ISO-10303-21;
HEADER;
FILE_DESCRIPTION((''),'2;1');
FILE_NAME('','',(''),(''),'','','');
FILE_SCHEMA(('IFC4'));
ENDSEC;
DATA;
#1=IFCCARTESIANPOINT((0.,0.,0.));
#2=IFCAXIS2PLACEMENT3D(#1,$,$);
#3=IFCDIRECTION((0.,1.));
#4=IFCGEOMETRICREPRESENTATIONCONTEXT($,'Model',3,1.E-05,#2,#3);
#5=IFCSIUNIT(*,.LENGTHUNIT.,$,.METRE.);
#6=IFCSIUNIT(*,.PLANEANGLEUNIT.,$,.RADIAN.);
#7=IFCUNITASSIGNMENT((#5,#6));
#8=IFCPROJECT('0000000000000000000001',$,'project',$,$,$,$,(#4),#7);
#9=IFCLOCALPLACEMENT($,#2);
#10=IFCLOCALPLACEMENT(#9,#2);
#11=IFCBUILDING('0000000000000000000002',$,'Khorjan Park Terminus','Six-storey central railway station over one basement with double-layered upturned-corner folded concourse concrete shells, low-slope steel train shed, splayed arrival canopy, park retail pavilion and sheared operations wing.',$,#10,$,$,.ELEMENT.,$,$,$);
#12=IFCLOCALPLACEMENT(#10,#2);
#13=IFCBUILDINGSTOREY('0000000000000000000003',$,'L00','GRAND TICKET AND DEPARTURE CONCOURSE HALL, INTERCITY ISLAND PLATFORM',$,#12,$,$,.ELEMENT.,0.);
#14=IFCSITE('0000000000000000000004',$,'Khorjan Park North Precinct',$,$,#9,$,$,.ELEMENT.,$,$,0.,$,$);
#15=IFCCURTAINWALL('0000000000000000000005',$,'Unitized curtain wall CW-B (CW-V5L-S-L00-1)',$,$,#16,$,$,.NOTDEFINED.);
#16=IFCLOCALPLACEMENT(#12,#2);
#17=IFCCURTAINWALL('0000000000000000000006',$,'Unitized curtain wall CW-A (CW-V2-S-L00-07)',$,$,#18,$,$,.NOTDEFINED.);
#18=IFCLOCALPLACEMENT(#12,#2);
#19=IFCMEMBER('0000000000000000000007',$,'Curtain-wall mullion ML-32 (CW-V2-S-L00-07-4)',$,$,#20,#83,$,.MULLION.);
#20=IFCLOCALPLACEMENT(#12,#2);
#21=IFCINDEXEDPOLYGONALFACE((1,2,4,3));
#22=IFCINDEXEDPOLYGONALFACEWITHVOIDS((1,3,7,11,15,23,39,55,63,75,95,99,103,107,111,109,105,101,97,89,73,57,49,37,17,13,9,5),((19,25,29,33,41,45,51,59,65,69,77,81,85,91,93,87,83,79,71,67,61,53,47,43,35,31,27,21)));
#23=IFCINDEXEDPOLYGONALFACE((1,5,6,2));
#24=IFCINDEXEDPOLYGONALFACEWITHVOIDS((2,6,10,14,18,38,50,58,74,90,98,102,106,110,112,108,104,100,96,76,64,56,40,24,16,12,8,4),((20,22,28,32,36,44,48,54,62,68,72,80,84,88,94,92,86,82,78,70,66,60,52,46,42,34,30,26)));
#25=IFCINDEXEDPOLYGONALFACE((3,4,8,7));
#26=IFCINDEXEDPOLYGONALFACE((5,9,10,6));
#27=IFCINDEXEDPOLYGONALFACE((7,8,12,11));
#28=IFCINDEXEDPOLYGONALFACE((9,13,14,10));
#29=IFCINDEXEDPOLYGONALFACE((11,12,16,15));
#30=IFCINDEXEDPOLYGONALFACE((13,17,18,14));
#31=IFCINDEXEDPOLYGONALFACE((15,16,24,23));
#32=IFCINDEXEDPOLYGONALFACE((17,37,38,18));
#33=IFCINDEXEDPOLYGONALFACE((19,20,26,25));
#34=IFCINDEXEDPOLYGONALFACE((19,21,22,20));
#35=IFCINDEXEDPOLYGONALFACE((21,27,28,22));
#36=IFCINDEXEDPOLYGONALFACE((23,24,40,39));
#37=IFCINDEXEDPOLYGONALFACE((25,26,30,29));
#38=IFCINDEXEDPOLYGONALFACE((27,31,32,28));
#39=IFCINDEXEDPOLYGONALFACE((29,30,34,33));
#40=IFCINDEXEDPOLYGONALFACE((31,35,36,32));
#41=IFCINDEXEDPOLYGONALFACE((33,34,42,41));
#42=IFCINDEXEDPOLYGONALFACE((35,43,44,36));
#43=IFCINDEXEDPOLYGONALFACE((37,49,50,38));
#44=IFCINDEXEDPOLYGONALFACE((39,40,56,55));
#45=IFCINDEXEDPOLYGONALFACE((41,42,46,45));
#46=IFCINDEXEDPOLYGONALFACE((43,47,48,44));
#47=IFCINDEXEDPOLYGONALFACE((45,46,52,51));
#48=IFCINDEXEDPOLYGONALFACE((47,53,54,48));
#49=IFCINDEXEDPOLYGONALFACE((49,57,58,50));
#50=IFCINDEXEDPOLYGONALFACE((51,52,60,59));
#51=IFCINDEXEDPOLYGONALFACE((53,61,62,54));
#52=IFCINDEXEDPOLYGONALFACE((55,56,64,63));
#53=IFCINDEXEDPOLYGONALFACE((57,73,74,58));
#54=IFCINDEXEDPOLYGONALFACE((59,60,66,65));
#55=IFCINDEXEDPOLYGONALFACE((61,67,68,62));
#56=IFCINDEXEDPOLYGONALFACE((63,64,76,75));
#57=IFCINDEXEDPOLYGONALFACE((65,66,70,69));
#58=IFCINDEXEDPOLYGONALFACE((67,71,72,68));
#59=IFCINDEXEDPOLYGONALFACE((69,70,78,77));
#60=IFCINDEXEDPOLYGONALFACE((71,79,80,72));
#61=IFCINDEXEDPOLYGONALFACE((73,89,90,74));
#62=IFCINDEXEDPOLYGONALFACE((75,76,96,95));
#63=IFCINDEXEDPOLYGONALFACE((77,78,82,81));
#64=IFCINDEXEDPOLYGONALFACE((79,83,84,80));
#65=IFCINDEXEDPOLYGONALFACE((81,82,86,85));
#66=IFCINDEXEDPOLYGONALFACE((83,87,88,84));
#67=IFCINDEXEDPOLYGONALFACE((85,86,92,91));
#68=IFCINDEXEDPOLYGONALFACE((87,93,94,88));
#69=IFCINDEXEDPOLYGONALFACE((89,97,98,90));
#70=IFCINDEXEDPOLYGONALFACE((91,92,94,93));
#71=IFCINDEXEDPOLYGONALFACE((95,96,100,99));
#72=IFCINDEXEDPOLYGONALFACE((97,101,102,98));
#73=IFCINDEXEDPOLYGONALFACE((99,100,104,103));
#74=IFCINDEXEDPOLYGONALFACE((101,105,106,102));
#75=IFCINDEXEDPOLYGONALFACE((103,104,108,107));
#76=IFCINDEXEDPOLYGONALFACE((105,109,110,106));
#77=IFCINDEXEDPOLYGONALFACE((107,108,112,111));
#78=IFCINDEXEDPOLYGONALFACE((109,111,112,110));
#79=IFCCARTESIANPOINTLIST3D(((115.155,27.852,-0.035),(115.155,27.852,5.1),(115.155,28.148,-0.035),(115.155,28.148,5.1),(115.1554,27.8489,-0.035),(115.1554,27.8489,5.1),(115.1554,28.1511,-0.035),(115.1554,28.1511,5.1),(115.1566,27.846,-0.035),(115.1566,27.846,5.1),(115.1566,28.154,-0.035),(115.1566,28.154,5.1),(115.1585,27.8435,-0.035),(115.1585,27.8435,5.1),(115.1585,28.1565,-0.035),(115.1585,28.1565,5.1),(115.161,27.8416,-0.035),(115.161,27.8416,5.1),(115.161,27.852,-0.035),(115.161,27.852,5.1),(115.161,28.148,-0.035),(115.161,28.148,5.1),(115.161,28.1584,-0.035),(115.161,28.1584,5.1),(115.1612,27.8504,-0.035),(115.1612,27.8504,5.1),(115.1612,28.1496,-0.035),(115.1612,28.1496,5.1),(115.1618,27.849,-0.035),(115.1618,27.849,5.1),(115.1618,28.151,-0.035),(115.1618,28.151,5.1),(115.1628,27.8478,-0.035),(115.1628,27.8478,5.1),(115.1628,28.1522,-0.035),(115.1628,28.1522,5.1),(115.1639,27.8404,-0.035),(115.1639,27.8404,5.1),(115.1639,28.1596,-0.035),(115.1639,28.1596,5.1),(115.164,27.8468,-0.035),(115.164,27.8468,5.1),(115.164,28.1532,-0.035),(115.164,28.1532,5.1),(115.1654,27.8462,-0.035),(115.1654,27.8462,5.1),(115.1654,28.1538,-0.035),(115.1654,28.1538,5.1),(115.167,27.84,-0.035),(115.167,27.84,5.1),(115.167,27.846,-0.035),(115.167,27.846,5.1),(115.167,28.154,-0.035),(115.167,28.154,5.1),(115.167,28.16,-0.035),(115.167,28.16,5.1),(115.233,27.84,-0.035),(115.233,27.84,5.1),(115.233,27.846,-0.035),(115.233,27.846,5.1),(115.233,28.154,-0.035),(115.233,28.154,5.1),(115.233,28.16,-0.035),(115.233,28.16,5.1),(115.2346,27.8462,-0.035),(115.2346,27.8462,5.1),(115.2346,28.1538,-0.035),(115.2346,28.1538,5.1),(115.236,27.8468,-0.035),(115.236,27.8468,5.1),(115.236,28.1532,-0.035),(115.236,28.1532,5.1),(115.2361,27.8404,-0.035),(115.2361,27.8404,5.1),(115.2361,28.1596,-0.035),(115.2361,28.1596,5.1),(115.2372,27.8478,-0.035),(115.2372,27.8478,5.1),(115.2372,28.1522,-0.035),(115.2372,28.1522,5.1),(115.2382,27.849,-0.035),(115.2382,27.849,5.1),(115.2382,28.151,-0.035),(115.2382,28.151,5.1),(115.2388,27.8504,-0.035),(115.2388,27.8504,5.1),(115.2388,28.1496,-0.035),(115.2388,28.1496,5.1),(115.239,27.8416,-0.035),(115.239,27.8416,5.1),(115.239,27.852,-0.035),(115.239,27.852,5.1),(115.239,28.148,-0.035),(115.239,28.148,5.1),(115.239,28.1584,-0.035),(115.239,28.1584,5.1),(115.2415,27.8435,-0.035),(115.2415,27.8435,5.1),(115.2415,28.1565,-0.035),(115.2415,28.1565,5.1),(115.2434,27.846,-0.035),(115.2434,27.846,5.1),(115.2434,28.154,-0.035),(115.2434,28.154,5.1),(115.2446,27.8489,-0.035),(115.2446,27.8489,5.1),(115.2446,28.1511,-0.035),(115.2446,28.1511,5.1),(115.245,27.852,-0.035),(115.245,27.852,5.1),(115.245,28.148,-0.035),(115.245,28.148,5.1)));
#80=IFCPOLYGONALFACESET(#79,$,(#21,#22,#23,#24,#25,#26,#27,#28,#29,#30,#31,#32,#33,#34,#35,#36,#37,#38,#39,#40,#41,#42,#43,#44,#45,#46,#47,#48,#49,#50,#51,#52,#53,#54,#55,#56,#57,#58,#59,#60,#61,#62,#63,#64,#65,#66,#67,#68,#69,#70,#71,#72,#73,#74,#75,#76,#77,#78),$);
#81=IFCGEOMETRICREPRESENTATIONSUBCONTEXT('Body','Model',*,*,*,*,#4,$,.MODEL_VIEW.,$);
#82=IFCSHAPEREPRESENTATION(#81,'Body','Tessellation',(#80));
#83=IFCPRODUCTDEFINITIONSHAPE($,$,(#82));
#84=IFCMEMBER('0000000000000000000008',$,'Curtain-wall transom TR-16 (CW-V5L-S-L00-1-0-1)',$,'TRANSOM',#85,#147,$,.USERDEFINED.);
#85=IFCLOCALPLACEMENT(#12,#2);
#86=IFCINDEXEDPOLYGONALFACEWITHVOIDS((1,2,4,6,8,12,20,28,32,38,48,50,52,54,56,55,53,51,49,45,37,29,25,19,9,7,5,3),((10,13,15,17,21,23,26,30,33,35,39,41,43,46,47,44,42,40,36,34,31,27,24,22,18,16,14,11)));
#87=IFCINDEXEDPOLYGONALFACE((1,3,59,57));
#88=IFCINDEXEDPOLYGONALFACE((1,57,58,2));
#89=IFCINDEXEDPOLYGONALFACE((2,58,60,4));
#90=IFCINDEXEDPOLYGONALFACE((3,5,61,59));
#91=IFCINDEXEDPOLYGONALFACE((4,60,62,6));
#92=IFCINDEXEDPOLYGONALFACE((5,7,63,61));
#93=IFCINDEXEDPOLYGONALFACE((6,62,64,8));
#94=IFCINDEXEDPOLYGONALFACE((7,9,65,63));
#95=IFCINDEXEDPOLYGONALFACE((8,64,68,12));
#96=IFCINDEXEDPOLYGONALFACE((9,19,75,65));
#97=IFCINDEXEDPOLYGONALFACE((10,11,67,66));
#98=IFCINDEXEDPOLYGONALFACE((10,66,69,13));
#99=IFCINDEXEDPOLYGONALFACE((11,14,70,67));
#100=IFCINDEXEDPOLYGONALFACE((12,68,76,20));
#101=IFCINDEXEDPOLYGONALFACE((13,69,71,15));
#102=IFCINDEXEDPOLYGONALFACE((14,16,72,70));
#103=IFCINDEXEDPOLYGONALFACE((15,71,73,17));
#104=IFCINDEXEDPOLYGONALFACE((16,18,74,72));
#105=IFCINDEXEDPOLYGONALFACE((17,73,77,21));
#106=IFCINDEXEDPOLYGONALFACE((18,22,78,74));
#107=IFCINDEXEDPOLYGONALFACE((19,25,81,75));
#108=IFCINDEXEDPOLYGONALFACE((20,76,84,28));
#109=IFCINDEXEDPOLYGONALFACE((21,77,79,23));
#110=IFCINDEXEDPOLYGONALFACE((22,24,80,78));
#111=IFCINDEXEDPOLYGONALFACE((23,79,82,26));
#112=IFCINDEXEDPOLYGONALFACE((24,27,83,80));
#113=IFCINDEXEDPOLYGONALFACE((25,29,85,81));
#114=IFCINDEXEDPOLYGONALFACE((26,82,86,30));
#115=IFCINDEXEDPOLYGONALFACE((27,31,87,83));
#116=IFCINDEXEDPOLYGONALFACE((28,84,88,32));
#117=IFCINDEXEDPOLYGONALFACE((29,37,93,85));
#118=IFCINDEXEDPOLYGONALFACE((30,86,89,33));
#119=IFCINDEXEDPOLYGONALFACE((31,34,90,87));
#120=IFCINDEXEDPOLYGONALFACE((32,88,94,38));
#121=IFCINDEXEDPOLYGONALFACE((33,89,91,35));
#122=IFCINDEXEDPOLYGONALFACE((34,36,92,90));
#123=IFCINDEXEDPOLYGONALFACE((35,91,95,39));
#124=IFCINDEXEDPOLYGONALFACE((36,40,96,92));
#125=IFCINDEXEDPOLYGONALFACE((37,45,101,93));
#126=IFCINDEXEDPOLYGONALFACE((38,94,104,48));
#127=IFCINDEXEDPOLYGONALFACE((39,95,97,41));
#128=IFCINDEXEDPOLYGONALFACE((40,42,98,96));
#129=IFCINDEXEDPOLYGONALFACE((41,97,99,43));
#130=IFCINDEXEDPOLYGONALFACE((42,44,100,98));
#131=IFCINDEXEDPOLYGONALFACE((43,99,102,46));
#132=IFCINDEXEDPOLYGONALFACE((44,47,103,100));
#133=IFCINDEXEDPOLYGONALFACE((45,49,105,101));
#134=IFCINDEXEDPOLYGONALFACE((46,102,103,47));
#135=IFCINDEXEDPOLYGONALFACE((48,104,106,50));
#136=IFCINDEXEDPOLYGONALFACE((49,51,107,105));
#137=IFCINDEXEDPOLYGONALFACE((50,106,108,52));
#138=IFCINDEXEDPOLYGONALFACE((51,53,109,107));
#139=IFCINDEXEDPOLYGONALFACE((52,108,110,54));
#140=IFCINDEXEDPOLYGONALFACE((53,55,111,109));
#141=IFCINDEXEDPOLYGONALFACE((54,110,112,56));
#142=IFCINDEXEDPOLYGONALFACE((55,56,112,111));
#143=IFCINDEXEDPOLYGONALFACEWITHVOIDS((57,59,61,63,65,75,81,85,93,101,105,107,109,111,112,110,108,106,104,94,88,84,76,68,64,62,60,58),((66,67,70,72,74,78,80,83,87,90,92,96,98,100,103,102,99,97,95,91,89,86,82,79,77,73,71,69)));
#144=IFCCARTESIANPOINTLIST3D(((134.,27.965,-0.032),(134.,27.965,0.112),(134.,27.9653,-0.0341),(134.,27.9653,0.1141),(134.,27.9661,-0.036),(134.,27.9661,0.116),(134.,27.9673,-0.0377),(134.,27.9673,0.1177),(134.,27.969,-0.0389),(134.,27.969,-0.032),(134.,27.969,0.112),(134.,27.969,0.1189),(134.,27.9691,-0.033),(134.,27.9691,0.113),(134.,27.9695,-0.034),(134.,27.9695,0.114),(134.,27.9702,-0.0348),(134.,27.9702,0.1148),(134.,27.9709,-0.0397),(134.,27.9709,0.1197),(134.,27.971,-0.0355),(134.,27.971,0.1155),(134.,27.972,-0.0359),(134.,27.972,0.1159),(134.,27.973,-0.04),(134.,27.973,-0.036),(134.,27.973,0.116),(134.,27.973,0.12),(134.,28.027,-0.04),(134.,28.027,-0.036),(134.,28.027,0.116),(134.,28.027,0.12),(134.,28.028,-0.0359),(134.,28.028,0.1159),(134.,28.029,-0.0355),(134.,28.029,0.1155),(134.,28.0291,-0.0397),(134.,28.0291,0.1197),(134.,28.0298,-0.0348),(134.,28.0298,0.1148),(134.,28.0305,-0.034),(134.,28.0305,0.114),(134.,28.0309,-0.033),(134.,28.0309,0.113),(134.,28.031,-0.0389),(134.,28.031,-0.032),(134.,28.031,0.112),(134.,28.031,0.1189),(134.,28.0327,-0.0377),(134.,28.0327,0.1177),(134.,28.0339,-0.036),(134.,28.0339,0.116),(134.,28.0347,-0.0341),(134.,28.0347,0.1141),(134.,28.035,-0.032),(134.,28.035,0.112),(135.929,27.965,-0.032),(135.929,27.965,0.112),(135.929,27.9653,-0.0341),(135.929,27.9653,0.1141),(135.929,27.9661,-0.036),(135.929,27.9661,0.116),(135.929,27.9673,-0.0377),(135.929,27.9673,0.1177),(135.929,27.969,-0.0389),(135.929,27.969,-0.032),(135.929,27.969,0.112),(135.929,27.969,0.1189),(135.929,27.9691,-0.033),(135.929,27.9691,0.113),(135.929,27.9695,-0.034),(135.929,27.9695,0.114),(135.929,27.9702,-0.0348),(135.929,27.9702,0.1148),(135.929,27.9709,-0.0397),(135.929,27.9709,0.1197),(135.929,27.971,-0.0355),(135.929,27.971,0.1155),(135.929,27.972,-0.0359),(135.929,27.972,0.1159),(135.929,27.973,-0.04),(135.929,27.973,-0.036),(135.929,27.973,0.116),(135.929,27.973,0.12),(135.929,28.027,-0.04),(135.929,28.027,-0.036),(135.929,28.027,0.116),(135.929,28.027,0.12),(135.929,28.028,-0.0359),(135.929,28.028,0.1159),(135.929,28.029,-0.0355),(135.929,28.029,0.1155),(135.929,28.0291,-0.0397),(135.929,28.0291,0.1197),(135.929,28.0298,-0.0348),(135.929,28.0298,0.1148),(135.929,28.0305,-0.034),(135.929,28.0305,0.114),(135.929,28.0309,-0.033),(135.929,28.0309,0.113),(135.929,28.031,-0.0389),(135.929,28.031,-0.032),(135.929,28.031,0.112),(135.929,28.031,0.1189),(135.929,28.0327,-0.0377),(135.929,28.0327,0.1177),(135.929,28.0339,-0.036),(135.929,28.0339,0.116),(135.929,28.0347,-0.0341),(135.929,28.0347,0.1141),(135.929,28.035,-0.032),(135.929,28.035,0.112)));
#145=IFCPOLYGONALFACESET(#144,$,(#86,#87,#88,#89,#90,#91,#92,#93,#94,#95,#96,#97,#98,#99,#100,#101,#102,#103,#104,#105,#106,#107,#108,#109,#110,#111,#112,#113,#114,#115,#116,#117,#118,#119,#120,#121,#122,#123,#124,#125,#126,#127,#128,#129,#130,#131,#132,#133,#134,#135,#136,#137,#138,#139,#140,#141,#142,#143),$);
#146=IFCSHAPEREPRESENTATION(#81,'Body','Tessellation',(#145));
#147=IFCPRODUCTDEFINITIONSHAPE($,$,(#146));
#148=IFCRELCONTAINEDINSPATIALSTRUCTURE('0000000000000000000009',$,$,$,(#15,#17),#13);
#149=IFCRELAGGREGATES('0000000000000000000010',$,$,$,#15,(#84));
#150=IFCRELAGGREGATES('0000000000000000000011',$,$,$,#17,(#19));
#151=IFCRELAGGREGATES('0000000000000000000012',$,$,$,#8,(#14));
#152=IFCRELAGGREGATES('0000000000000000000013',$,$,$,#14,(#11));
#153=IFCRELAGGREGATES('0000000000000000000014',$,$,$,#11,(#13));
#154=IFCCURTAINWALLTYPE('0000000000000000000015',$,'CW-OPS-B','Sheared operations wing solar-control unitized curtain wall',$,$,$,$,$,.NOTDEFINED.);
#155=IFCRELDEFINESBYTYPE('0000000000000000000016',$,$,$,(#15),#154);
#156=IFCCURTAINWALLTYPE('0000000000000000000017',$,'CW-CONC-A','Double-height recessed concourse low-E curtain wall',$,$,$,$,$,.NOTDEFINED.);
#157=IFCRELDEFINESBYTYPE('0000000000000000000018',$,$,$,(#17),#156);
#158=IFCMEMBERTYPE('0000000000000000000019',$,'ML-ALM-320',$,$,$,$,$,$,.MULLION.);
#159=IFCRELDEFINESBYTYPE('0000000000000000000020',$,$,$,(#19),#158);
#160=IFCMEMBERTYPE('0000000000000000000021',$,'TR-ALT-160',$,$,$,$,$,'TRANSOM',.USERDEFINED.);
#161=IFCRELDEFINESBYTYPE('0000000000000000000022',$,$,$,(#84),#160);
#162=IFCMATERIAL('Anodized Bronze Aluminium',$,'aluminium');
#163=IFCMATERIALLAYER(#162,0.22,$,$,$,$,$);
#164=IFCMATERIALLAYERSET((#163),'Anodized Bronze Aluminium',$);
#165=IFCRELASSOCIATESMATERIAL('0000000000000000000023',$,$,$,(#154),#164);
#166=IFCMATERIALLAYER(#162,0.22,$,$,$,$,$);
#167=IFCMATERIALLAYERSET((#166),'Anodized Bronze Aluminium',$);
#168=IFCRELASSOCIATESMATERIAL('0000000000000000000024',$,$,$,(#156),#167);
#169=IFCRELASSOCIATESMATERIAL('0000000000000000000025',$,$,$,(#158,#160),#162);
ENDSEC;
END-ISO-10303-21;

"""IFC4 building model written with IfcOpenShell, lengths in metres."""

from ifc_helpers import new_model, si_unit, direction, frame, origin, origin_2d, place, context, subcontext, project, spatial, hollow_rectangle, extrude, material, layer, layer_set, material_profile, profile_set, type_object, element, aggregate, save


model = new_model("IFC4")

# Units and contexts
model_context = context("Model", 3, precision=1e-05, world=origin(), true_north=direction((0.0, 1.0)))
body_context = subcontext(model_context, "Body", "Model", "MODEL_VIEW")
ifc_project = project(units=[si_unit("LENGTHUNIT", "METRE"), si_unit("PLANEANGLEUNIT", "RADIAN")], contexts=[model_context])

# Site, building, storey
site_placement = place(None, origin())
site = spatial("IfcSite", under=ifc_project, at=site_placement, Name="Khorjan Park North Precinct", CompositionType="ELEMENT", RefElevation=0.0)
building_placement = place(site_placement, origin())
building = spatial("IfcBuilding", under=site, at=building_placement, Name="Khorjan Park Terminus", Description="Six-storey central railway station over one basement with double-layered upturned-corner folded concourse concrete shells, low-slope steel train shed, splayed arrival canopy, park retail pavilion and sheared operations wing.", CompositionType="ELEMENT")
storey_placement = place(building_placement, origin())
storey = spatial("IfcBuildingStorey", under=building, at=storey_placement, Name="L00", Description="GRAND TICKET AND DEPARTURE CONCOURSE HALL, INTERCITY ISLAND PLATFORM", CompositionType="ELEMENT", Elevation=0.0)

# Curtain wall
ifc_material_1 = material(Name="Anodized Bronze Aluminium", Category="aluminium")
ifc_layer_1 = layer(ifc_material_1, 0.22)
ifc_layer_set_1 = layer_set([ifc_layer_1], Name="Anodized Bronze Aluminium")
curtain_wall_type_1 = type_object("IfcCurtainWallType", Name="CW-OPS-B", Description="Sheared operations wing solar-control unitized curtain wall", PredefinedType="NOTDEFINED", material=ifc_layer_set_1)
curtain_wall_1_placement = place(storey_placement, origin())
curtain_wall_1 = element("IfcCurtainWall", 1, at=curtain_wall_1_placement, inside=storey, type_object=curtain_wall_type_1, Name="Unitized curtain wall CW-B (CW-V5L-S-L00-1)", PredefinedType="NOTDEFINED")

# Curtain wall, member
ifc_layer_2 = layer(ifc_material_1, 0.22)
ifc_layer_set_2 = layer_set([ifc_layer_2], Name="Anodized Bronze Aluminium")
curtain_wall_type_2 = type_object("IfcCurtainWallType", Name="CW-CONC-A", Description="Double-height recessed concourse low-E curtain wall", PredefinedType="NOTDEFINED", material=ifc_layer_set_2)
curtain_wall_2_placement = place(storey_placement, origin())
curtain_wall_2 = element("IfcCurtainWall", 2, at=curtain_wall_2_placement, inside=storey, type_object=curtain_wall_type_2, Name="Unitized curtain wall CW-A (CW-V2-S-L00-07)", PredefinedType="NOTDEFINED")
ifc_material_profile_1 = material_profile(ifc_material_1, hollow_rectangle(XDim=0.09, YDim=0.32, WallThickness=0.006, InnerFilletRadius=0.006, OuterFilletRadius=0.012, at=origin_2d()), Name="ALM 90x320x6")
ifc_profile_set_1 = profile_set([ifc_material_profile_1], Name="Anodized Bronze Aluminium")
member_type_1 = type_object("IfcMemberType", Name="ML-ALM-320", PredefinedType="MULLION", material=ifc_profile_set_1)
member_1_placement = place(storey_placement, frame((115.2, 28.0, -0.035), z_axis=(0.0, 0.0, 1.0), x_axis=(1.0, 0.0, 0.0)))
member_1 = element("IfcMember", 3, at=member_1_placement, type_object=member_type_1, Name="Curtain-wall mullion ML-32 (CW-V2-S-L00-07-4)", PredefinedType="MULLION", context=body_context, shape_type="SweptSolid", body=[
    extrude(hollow_rectangle(XDim=0.09, YDim=0.32, WallThickness=0.006, InnerFilletRadius=0.006, OuterFilletRadius=0.012, at=origin_2d()), origin(), (0.0, 0.0, 1.0), 5.135),
])

# Member
ifc_material_profile_2 = material_profile(ifc_material_1, hollow_rectangle(XDim=0.07, YDim=0.16, WallThickness=0.004, InnerFilletRadius=0.004, OuterFilletRadius=0.008, at=origin_2d()), Name="ALT 70x160x4")
ifc_profile_set_2 = profile_set([ifc_material_profile_2], Name="Anodized Bronze Aluminium")
member_type_2 = type_object("IfcMemberType", Name="TR-ALT-160", ElementType="TRANSOM", PredefinedType="USERDEFINED", material=ifc_profile_set_2)
member_2_placement = place(storey_placement, frame((134.0, 28.0, 0.04), z_axis=(1.0, 0.0, 0.0), x_axis=(0.0, 1.0, 0.0)))
member_2 = element("IfcMember", 4, at=member_2_placement, type_object=member_type_2, Name="Curtain-wall transom TR-16 (CW-V5L-S-L00-1-0-1)", ObjectType="TRANSOM", PredefinedType="USERDEFINED", context=body_context, shape_type="SweptSolid", body=[
    extrude(hollow_rectangle(XDim=0.07, YDim=0.16, WallThickness=0.004, InnerFilletRadius=0.004, OuterFilletRadius=0.008, at=origin_2d()), origin(), (0.0, 0.0, 1.0), 1.929),
])
aggregate(curtain_wall_1, [member_2])

aggregate(curtain_wall_2, [member_1])

save(model, "model.ifc")
